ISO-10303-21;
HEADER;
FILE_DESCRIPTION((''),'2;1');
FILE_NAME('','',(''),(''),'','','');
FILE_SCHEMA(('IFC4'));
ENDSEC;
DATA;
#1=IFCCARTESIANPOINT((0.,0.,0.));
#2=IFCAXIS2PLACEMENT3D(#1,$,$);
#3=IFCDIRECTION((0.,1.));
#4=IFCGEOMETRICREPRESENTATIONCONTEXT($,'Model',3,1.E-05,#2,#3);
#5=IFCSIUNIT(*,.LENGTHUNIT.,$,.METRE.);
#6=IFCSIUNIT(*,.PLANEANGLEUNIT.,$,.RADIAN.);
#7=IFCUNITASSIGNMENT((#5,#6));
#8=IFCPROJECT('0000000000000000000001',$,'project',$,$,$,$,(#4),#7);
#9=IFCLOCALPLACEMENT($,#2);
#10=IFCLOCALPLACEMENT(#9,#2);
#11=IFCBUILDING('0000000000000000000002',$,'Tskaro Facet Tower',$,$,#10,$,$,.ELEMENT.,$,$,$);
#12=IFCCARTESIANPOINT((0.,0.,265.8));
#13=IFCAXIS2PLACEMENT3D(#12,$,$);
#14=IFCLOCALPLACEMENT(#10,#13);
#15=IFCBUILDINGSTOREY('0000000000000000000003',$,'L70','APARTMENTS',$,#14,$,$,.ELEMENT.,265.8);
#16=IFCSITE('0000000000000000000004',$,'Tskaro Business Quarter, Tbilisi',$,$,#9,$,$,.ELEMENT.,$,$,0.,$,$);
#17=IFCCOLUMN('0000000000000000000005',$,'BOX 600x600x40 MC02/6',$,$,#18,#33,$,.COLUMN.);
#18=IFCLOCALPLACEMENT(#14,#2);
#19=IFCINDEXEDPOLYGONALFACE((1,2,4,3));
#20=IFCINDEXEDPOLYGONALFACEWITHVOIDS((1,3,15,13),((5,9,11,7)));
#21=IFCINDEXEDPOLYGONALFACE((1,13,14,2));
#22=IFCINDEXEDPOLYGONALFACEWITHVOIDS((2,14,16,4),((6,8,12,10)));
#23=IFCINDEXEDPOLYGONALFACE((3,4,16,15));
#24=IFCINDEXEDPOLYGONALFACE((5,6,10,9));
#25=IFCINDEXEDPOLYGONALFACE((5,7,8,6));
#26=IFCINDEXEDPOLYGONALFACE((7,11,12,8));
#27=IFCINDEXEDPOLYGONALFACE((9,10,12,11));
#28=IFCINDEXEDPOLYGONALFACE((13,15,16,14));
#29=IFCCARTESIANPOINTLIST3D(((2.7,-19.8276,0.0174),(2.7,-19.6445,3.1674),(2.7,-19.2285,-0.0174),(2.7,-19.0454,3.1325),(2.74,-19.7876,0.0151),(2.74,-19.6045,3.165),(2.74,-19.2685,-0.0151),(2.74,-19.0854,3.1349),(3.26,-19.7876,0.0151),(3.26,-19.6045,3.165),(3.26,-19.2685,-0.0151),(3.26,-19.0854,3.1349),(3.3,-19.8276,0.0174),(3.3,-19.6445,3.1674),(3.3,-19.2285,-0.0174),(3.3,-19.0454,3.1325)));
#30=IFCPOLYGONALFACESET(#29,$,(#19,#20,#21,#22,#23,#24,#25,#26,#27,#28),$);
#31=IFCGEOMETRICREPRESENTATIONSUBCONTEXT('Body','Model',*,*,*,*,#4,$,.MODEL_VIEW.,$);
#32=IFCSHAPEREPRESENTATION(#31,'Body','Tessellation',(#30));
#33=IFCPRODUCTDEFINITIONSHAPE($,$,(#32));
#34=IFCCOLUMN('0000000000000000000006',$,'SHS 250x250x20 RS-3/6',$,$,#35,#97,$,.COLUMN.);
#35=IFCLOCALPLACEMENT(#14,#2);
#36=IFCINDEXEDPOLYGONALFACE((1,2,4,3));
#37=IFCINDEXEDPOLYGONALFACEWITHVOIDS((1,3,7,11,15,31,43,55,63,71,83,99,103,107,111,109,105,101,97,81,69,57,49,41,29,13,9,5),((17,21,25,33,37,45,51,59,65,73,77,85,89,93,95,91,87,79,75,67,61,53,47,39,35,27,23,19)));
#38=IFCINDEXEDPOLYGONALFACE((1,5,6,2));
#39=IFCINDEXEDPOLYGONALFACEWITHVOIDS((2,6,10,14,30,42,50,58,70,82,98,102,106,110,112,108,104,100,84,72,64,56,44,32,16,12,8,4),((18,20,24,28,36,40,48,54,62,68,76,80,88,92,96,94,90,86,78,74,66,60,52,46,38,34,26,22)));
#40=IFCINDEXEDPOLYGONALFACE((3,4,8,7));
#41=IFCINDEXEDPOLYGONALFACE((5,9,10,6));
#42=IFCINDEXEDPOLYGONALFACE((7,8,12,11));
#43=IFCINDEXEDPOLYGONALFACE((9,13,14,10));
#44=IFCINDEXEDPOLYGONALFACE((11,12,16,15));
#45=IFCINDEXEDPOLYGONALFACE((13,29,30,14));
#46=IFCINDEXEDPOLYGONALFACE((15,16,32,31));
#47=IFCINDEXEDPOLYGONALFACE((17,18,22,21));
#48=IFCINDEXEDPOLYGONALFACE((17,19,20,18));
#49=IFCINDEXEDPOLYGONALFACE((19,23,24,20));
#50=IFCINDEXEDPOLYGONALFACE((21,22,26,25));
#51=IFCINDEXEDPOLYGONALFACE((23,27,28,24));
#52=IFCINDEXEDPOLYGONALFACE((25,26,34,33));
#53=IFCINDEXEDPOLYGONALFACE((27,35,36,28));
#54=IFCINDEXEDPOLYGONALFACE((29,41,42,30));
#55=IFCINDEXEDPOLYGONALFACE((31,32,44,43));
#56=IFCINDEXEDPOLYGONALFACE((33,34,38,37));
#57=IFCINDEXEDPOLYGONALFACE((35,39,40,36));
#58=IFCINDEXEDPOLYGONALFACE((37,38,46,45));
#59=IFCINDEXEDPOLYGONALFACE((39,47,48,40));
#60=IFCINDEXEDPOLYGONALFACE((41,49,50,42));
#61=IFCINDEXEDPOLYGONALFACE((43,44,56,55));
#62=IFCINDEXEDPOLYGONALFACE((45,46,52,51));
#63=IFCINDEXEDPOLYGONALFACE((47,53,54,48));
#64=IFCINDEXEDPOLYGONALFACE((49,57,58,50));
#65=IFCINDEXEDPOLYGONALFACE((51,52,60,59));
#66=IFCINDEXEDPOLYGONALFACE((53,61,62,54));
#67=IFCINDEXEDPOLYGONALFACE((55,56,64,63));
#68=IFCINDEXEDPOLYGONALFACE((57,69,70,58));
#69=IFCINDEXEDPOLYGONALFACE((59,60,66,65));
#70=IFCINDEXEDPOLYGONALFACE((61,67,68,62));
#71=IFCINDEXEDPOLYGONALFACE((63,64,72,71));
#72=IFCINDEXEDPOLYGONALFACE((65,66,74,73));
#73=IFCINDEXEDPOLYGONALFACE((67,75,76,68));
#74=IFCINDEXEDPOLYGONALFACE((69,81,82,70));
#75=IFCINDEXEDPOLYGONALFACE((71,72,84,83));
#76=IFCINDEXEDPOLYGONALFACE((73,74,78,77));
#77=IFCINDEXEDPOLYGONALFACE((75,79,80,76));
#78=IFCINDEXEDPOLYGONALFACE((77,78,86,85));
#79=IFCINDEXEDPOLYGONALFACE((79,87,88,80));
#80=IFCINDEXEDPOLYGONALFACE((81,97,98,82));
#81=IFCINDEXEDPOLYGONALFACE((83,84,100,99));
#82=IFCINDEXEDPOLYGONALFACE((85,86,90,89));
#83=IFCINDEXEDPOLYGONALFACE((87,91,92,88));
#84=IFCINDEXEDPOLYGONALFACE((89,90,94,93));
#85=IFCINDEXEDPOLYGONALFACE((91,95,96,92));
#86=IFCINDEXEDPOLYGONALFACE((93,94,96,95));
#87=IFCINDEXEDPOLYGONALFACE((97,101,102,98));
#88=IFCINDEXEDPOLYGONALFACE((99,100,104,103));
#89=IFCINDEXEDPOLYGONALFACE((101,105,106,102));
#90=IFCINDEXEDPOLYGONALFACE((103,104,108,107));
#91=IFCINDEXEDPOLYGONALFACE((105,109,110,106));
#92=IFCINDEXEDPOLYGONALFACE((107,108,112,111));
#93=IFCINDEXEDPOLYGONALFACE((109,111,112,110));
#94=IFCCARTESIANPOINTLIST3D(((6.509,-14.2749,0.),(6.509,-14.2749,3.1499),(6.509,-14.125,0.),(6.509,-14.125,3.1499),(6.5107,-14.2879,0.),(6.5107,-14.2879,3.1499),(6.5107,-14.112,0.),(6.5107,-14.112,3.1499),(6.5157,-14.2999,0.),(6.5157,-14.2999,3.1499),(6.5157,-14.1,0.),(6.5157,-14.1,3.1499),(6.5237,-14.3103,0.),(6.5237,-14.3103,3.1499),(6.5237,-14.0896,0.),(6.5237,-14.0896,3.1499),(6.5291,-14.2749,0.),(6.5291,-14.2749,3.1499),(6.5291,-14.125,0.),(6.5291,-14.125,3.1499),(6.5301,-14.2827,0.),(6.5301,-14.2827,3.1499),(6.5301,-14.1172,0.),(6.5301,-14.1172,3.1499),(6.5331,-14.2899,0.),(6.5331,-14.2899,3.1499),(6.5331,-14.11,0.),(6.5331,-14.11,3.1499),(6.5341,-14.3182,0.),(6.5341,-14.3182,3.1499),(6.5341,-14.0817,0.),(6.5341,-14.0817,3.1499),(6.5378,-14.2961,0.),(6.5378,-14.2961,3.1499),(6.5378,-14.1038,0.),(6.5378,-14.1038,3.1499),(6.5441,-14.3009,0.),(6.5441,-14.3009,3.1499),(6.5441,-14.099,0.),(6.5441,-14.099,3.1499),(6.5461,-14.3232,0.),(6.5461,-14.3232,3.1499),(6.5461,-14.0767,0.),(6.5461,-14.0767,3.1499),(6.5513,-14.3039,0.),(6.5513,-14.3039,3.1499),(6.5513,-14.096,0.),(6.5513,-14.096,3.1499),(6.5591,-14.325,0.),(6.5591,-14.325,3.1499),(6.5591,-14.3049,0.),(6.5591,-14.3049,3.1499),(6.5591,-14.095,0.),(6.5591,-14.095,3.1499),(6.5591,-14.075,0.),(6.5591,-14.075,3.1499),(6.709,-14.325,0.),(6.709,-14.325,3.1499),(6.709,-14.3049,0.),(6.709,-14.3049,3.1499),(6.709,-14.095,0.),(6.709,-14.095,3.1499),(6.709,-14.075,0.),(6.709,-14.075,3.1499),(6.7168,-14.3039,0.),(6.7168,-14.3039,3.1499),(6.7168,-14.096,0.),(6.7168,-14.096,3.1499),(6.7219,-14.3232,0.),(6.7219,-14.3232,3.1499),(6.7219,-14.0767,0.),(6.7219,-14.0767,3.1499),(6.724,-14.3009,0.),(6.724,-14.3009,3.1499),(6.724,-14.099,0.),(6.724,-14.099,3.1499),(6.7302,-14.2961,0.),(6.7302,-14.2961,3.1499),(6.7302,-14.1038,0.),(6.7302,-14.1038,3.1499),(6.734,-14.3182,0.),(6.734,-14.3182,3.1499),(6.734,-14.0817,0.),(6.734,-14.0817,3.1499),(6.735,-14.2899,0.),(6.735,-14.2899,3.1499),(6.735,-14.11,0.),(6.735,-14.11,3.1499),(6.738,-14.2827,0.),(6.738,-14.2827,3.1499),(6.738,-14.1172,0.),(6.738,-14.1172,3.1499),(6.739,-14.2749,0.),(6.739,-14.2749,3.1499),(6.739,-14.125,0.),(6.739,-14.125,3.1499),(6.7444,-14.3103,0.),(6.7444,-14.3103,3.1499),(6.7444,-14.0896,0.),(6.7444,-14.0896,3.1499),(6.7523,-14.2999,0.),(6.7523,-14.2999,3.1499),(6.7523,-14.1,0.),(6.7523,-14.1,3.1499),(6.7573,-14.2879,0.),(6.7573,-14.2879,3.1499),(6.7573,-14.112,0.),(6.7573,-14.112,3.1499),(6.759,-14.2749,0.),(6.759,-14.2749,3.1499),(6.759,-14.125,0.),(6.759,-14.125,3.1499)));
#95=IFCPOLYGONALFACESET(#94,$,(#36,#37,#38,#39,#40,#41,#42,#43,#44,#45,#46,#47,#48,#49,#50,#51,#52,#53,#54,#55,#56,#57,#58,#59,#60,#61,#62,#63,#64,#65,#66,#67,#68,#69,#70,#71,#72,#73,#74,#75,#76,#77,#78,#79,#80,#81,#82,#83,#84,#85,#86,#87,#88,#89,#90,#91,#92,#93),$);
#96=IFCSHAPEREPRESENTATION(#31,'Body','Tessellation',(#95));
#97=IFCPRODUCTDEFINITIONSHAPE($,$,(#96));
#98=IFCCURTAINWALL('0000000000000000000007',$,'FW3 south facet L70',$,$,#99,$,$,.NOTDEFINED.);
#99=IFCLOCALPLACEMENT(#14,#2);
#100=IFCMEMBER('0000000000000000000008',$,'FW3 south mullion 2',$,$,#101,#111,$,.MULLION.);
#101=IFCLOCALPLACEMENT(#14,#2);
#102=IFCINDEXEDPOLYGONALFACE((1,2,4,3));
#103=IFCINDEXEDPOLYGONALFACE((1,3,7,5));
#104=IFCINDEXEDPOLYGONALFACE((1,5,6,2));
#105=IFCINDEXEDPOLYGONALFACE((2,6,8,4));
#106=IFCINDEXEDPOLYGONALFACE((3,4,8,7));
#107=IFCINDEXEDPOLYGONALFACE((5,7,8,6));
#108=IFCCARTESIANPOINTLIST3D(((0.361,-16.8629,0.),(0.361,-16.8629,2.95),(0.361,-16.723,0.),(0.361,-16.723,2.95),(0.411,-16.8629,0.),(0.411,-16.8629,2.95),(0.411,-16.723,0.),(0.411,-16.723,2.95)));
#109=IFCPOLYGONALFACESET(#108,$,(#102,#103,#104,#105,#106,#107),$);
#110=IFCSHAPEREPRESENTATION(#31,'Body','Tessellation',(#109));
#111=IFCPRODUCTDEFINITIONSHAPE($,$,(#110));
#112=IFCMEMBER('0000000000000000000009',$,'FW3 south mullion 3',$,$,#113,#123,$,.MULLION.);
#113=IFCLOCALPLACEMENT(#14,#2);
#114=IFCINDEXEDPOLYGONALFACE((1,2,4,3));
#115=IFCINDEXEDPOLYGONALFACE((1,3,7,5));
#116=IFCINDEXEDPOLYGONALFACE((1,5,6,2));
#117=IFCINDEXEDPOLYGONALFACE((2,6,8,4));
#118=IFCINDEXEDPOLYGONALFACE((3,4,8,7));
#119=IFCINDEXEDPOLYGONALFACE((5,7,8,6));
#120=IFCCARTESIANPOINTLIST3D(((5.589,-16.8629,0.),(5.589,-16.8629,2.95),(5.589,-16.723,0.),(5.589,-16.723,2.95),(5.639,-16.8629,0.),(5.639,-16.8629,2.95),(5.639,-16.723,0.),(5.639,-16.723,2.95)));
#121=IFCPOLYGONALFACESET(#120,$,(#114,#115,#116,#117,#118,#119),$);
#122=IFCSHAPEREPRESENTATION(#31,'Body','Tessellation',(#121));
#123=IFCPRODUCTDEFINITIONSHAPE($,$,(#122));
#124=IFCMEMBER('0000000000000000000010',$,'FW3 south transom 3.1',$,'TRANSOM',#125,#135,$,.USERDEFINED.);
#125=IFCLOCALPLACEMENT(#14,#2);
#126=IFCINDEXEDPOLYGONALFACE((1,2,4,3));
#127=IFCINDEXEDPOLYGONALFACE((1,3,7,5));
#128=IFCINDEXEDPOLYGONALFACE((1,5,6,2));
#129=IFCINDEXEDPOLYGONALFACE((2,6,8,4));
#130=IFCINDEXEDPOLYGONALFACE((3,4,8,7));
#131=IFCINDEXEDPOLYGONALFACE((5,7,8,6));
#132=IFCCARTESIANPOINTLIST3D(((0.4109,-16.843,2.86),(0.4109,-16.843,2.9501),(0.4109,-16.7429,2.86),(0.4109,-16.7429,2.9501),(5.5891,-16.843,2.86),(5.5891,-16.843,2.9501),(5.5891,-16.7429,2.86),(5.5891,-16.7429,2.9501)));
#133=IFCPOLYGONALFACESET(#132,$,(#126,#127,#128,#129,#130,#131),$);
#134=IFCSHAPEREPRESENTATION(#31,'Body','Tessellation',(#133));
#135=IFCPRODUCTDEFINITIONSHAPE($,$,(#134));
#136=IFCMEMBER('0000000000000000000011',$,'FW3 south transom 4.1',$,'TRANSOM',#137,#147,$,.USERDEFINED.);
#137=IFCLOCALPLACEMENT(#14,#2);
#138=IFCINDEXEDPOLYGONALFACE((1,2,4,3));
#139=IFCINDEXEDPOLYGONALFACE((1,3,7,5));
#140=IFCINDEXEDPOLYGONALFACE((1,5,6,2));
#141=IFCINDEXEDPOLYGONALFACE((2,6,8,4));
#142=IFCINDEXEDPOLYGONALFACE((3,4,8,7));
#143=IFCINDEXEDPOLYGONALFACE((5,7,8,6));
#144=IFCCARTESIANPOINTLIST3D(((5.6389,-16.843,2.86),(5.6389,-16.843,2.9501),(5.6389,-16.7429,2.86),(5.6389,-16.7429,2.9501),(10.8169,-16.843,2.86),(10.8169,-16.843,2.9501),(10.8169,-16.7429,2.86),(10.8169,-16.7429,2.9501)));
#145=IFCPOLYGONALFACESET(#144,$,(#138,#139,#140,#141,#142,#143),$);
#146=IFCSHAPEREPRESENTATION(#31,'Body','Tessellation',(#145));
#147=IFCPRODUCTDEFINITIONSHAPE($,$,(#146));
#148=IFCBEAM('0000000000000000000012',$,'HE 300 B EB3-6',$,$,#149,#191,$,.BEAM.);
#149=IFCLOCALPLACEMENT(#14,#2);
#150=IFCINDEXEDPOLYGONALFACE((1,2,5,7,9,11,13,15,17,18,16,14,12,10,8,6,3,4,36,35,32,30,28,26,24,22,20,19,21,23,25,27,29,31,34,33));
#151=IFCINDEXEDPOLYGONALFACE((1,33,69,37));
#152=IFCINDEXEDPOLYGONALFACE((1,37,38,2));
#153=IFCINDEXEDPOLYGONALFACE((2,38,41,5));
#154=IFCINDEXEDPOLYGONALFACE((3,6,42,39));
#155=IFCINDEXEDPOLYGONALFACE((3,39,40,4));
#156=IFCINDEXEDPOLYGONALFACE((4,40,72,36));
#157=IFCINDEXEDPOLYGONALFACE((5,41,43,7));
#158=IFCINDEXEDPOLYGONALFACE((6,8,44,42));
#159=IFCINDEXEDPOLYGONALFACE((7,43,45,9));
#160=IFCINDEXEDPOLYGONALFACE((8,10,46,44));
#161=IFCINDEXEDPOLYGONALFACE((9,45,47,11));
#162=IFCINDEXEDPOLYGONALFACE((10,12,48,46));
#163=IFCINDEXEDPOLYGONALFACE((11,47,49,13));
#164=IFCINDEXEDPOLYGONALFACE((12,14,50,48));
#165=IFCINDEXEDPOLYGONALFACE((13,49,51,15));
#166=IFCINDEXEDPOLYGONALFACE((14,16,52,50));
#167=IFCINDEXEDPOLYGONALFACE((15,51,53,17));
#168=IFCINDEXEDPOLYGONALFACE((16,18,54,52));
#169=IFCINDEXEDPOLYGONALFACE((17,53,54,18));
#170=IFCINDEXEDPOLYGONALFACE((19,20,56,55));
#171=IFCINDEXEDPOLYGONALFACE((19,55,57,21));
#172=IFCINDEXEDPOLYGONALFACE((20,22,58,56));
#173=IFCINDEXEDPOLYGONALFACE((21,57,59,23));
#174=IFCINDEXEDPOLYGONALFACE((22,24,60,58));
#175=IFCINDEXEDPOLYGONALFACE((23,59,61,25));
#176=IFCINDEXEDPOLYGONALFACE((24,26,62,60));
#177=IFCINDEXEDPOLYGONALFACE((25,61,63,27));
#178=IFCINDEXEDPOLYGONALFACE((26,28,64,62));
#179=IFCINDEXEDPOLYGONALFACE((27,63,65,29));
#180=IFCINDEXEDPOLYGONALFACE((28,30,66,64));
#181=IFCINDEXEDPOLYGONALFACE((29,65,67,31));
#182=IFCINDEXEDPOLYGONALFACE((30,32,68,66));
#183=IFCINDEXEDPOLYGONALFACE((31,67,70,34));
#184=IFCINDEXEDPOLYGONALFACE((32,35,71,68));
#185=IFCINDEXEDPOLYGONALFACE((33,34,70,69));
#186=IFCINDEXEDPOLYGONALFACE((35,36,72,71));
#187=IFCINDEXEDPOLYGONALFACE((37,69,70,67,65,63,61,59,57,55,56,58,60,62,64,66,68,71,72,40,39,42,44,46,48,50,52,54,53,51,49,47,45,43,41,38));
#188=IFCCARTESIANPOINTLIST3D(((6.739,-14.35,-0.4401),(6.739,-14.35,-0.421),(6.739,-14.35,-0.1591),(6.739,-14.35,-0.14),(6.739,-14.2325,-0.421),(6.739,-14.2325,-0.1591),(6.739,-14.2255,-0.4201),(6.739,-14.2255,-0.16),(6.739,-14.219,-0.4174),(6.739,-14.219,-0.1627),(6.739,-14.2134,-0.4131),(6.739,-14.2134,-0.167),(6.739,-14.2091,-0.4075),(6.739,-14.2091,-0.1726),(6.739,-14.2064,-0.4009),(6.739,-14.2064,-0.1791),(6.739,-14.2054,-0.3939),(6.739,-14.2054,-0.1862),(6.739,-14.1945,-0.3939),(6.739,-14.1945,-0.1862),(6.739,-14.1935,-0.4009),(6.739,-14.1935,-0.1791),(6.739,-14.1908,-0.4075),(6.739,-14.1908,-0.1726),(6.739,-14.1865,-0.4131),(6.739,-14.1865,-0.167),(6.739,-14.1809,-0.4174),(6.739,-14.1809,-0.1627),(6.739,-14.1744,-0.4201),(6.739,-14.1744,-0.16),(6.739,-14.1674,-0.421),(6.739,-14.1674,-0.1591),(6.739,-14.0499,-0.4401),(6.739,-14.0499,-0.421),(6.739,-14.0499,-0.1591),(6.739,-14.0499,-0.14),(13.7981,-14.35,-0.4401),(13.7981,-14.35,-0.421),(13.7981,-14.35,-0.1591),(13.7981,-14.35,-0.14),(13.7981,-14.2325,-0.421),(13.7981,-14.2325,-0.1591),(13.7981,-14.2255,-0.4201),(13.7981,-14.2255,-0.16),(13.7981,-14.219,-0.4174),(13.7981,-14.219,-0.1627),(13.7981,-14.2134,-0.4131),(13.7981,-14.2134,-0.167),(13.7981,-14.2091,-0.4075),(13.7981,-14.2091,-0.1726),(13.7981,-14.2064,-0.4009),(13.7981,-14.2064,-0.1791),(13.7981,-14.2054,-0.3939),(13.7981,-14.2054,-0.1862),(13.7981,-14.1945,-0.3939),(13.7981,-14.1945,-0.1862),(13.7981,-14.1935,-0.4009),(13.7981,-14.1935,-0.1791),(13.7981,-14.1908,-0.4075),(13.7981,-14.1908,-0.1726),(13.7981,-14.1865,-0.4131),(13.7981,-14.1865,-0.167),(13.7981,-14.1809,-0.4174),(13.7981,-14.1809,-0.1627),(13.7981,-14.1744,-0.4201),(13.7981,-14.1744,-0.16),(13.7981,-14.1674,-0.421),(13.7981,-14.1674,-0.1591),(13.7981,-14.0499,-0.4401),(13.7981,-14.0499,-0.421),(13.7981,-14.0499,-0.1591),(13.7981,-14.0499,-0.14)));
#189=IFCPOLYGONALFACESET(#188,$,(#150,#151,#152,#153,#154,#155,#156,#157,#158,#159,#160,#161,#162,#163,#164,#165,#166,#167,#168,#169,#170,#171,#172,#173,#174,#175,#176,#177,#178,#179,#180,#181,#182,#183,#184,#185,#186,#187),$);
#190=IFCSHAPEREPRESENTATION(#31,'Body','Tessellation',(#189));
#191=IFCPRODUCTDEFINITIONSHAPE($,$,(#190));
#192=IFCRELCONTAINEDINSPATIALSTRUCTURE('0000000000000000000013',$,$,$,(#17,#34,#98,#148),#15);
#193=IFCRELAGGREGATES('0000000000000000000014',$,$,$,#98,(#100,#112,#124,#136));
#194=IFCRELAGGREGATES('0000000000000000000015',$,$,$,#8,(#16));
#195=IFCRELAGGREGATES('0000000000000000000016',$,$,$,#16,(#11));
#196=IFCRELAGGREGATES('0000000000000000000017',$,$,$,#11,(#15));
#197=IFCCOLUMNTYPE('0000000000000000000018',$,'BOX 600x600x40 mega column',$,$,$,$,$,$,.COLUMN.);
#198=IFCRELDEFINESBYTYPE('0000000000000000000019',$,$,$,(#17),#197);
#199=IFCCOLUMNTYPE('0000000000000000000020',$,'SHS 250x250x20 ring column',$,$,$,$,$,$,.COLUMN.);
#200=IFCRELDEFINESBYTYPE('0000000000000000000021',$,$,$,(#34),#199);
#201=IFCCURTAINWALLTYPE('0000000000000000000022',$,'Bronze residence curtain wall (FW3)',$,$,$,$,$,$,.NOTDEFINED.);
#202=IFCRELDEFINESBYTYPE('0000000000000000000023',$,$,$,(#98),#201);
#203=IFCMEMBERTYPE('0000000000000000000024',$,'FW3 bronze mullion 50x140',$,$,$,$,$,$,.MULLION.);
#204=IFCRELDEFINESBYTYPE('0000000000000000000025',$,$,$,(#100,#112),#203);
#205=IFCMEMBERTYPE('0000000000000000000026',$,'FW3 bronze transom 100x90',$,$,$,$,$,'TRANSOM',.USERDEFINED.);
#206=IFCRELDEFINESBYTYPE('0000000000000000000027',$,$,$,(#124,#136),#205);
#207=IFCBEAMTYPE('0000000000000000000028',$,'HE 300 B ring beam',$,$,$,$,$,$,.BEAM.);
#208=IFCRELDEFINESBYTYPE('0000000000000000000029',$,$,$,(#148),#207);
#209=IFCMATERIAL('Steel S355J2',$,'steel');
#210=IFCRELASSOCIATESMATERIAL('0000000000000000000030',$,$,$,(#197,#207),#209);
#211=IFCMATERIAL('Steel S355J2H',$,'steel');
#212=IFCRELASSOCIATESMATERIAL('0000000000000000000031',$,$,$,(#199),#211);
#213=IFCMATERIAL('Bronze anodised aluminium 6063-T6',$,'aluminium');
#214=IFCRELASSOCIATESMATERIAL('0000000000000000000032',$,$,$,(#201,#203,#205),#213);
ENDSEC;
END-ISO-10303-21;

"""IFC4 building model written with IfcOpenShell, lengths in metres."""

from ifc_helpers import new_model, si_unit, direction, frame, origin, origin_2d, place, context, subcontext, project, spatial, rectangle, hollow_rectangle, i_section, extrude, material, material_profile, profile_set, type_object, element, aggregate, save


model = new_model("IFC4")

# Units and contexts
model_context = context("Model", 3, precision=1e-05, world=origin(), true_north=direction((0.0, 1.0)))
body_context = subcontext(model_context, "Body", "Model", "MODEL_VIEW")
ifc_project = project(units=[si_unit("LENGTHUNIT", "METRE"), si_unit("PLANEANGLEUNIT", "RADIAN")], contexts=[model_context])

# Site, building, storey
site_placement = place(None, origin())
site = spatial("IfcSite", under=ifc_project, at=site_placement, Name="Tskaro Business Quarter, Tbilisi", CompositionType="ELEMENT", RefElevation=0.0)
building_placement = place(site_placement, origin())
building = spatial("IfcBuilding", under=site, at=building_placement, Name="Tskaro Facet Tower", CompositionType="ELEMENT")
storey_placement = place(building_placement, frame((0.0, 0.0, 265.8)))
storey = spatial("IfcBuildingStorey", under=building, at=storey_placement, Name="L70", Description="APARTMENTS", CompositionType="ELEMENT", Elevation=265.8)

# Columns
ifc_material_1 = material(Name="Steel S355J2", Category="steel")
ifc_material_profile_1 = material_profile(ifc_material_1, hollow_rectangle(XDim=0.6001, YDim=0.6001, WallThickness=0.04, at=origin_2d()), Name="BOX 600x600x40")
ifc_profile_set_1 = profile_set([ifc_material_profile_1], Name="Steel S355J2")
column_type_1 = type_object("IfcColumnType", Name="BOX 600x600x40 mega column", PredefinedType="COLUMN", material=ifc_profile_set_1)
column_1_placement = place(storey_placement, frame((3.0, -19.5281, 0.0), z_axis=(0.0, 0.058033, 0.998315), x_axis=(-1.0, 0.0, 0.0)))
element("IfcColumn", 1, at=column_1_placement, inside=storey, type_object=column_type_1, Name="BOX 600x600x40 MC02/6", PredefinedType="COLUMN", context=body_context, shape_type="SweptSolid", body=[
    extrude(hollow_rectangle(XDim=0.6001, YDim=0.6001, WallThickness=0.04, at=origin_2d()), origin(), (0.0, 0.0, 1.0), 3.1553),
])
ifc_material_2 = material(Name="Steel S355J2H", Category="steel")
ifc_material_profile_2 = material_profile(ifc_material_2, hollow_rectangle(XDim=0.25, YDim=0.25, WallThickness=0.02, InnerFilletRadius=0.03, OuterFilletRadius=0.05, at=origin_2d()), Name="SHS 250x250x20")
ifc_profile_set_2 = profile_set([ifc_material_profile_2], Name="Steel S355J2H")
column_type_2 = type_object("IfcColumnType", Name="SHS 250x250x20 ring column", PredefinedType="COLUMN", material=ifc_profile_set_2)
column_2_placement = place(storey_placement, frame((6.634, -14.2, 0.0), z_axis=(0.0, 0.0, 1.0), x_axis=(1.0, 0.0, 0.0)))
element("IfcColumn", 2, at=column_2_placement, inside=storey, type_object=column_type_2, Name="SHS 250x250x20 RS-3/6", PredefinedType="COLUMN", context=body_context, shape_type="SweptSolid", body=[
    extrude(hollow_rectangle(XDim=0.25, YDim=0.25, WallThickness=0.02, InnerFilletRadius=0.03, OuterFilletRadius=0.05, at=origin_2d()), origin(), (0.0, 0.0, 1.0), 3.1499),
])

# Curtain wall, members
ifc_material_3 = material(Name="Bronze anodised aluminium 6063-T6", Category="aluminium")
curtain_wall_type = type_object("IfcCurtainWallType", Name="Bronze residence curtain wall (FW3)", PredefinedType="NOTDEFINED", material=ifc_material_3)
curtain_wall_placement = place(storey_placement, origin())
curtain_wall = element("IfcCurtainWall", 3, at=curtain_wall_placement, inside=storey, type_object=curtain_wall_type, Name="FW3 south facet L70", PredefinedType="NOTDEFINED")
ifc_material_profile_3 = material_profile(ifc_material_3, rectangle(XDim=0.05, YDim=0.1399, at=origin_2d()), Name="Mullion 50x140")
ifc_profile_set_3 = profile_set([ifc_material_profile_3], Name="Bronze anodised aluminium 6063-T6")
member_type_1 = type_object("IfcMemberType", Name="FW3 bronze mullion 50x140", PredefinedType="MULLION", material=ifc_profile_set_3)
member_1_placement = place(storey_placement, frame((0.386, -16.793, 0.0), z_axis=(0.0, 0.0, 1.0), x_axis=(1.0, 0.0, 0.0)))
member_1 = element("IfcMember", 4, at=member_1_placement, type_object=member_type_1, Name="FW3 south mullion 2", PredefinedType="MULLION", context=body_context, shape_type="SweptSolid", body=[
    extrude(rectangle(XDim=0.05, YDim=0.1399, at=origin_2d()), origin(), (0.0, 0.0, 1.0), 2.95),
])
member_2_placement = place(storey_placement, frame((5.614, -16.793, 0.0), z_axis=(0.0, 0.0, 1.0), x_axis=(1.0, 0.0, 0.0)))
member_2 = element("IfcMember", 5, at=member_2_placement, type_object=member_type_1, Name="FW3 south mullion 3", PredefinedType="MULLION", context=body_context, shape_type="SweptSolid", body=[
    extrude(rectangle(XDim=0.05, YDim=0.1399, at=origin_2d()), origin(), (0.0, 0.0, 1.0), 2.95),
])
ifc_material_profile_4 = material_profile(ifc_material_3, rectangle(XDim=0.1001, YDim=0.0901, at=origin_2d()), Name="Transom 100x90")
ifc_profile_set_4 = profile_set([ifc_material_profile_4], Name="Bronze anodised aluminium 6063-T6")
member_type_2 = type_object("IfcMemberType", Name="FW3 bronze transom 100x90", ElementType="TRANSOM", PredefinedType="USERDEFINED", material=ifc_profile_set_4)
member_3_placement = place(storey_placement, frame((0.4109, -16.793, 2.905), z_axis=(1.0, 0.0, 0.0), x_axis=(0.0, 1.0, 0.0)))
member_3 = element("IfcMember", 6, at=member_3_placement, type_object=member_type_2, Name="FW3 south transom 3.1", ObjectType="TRANSOM", PredefinedType="USERDEFINED", context=body_context, shape_type="SweptSolid", body=[
    extrude(rectangle(XDim=0.1001, YDim=0.0901, at=origin_2d()), origin(), (0.0, 0.0, 1.0), 5.1782),
])
member_4_placement = place(storey_placement, frame((5.6389, -16.793, 2.905), z_axis=(1.0, 0.0, 0.0), x_axis=(0.0, 1.0, 0.0)))
member_4 = element("IfcMember", 7, at=member_4_placement, type_object=member_type_2, Name="FW3 south transom 4.1", ObjectType="TRANSOM", PredefinedType="USERDEFINED", context=body_context, shape_type="SweptSolid", body=[
    extrude(rectangle(XDim=0.1001, YDim=0.0901, at=origin_2d()), origin(), (0.0, 0.0, 1.0), 5.178),
])

# Beam
ifc_material_profile_5 = material_profile(ifc_material_1, i_section(OverallWidth=0.3, OverallDepth=0.3, WebThickness=0.011, FlangeThickness=0.019, FilletRadius=0.0271, at=origin_2d()), Name="HE 300 B")
ifc_profile_set_5 = profile_set([ifc_material_profile_5], Name="Steel S355J2")
beam_type_1 = type_object("IfcBeamType", Name="HE 300 B ring beam", PredefinedType="BEAM", material=ifc_profile_set_5)
beam_1_placement = place(storey_placement, frame((6.739, -14.2, -0.29), z_axis=(1.0, 0.0, 0.0), x_axis=(0.0, 1.0, 0.0)))
element("IfcBeam", 8, at=beam_1_placement, inside=storey, type_object=beam_type_1, Name="HE 300 B EB3-6", PredefinedType="BEAM", context=body_context, shape_type="SweptSolid", body=[
    extrude(i_section(OverallWidth=0.3, OverallDepth=0.3, WebThickness=0.011, FlangeThickness=0.019, FilletRadius=0.0271, at=origin_2d()), origin(), (0.0, 0.0, 1.0), 7.0591),
])

aggregate(curtain_wall, [member_1, member_2, member_3, member_4])

save(model, "model.ifc")
